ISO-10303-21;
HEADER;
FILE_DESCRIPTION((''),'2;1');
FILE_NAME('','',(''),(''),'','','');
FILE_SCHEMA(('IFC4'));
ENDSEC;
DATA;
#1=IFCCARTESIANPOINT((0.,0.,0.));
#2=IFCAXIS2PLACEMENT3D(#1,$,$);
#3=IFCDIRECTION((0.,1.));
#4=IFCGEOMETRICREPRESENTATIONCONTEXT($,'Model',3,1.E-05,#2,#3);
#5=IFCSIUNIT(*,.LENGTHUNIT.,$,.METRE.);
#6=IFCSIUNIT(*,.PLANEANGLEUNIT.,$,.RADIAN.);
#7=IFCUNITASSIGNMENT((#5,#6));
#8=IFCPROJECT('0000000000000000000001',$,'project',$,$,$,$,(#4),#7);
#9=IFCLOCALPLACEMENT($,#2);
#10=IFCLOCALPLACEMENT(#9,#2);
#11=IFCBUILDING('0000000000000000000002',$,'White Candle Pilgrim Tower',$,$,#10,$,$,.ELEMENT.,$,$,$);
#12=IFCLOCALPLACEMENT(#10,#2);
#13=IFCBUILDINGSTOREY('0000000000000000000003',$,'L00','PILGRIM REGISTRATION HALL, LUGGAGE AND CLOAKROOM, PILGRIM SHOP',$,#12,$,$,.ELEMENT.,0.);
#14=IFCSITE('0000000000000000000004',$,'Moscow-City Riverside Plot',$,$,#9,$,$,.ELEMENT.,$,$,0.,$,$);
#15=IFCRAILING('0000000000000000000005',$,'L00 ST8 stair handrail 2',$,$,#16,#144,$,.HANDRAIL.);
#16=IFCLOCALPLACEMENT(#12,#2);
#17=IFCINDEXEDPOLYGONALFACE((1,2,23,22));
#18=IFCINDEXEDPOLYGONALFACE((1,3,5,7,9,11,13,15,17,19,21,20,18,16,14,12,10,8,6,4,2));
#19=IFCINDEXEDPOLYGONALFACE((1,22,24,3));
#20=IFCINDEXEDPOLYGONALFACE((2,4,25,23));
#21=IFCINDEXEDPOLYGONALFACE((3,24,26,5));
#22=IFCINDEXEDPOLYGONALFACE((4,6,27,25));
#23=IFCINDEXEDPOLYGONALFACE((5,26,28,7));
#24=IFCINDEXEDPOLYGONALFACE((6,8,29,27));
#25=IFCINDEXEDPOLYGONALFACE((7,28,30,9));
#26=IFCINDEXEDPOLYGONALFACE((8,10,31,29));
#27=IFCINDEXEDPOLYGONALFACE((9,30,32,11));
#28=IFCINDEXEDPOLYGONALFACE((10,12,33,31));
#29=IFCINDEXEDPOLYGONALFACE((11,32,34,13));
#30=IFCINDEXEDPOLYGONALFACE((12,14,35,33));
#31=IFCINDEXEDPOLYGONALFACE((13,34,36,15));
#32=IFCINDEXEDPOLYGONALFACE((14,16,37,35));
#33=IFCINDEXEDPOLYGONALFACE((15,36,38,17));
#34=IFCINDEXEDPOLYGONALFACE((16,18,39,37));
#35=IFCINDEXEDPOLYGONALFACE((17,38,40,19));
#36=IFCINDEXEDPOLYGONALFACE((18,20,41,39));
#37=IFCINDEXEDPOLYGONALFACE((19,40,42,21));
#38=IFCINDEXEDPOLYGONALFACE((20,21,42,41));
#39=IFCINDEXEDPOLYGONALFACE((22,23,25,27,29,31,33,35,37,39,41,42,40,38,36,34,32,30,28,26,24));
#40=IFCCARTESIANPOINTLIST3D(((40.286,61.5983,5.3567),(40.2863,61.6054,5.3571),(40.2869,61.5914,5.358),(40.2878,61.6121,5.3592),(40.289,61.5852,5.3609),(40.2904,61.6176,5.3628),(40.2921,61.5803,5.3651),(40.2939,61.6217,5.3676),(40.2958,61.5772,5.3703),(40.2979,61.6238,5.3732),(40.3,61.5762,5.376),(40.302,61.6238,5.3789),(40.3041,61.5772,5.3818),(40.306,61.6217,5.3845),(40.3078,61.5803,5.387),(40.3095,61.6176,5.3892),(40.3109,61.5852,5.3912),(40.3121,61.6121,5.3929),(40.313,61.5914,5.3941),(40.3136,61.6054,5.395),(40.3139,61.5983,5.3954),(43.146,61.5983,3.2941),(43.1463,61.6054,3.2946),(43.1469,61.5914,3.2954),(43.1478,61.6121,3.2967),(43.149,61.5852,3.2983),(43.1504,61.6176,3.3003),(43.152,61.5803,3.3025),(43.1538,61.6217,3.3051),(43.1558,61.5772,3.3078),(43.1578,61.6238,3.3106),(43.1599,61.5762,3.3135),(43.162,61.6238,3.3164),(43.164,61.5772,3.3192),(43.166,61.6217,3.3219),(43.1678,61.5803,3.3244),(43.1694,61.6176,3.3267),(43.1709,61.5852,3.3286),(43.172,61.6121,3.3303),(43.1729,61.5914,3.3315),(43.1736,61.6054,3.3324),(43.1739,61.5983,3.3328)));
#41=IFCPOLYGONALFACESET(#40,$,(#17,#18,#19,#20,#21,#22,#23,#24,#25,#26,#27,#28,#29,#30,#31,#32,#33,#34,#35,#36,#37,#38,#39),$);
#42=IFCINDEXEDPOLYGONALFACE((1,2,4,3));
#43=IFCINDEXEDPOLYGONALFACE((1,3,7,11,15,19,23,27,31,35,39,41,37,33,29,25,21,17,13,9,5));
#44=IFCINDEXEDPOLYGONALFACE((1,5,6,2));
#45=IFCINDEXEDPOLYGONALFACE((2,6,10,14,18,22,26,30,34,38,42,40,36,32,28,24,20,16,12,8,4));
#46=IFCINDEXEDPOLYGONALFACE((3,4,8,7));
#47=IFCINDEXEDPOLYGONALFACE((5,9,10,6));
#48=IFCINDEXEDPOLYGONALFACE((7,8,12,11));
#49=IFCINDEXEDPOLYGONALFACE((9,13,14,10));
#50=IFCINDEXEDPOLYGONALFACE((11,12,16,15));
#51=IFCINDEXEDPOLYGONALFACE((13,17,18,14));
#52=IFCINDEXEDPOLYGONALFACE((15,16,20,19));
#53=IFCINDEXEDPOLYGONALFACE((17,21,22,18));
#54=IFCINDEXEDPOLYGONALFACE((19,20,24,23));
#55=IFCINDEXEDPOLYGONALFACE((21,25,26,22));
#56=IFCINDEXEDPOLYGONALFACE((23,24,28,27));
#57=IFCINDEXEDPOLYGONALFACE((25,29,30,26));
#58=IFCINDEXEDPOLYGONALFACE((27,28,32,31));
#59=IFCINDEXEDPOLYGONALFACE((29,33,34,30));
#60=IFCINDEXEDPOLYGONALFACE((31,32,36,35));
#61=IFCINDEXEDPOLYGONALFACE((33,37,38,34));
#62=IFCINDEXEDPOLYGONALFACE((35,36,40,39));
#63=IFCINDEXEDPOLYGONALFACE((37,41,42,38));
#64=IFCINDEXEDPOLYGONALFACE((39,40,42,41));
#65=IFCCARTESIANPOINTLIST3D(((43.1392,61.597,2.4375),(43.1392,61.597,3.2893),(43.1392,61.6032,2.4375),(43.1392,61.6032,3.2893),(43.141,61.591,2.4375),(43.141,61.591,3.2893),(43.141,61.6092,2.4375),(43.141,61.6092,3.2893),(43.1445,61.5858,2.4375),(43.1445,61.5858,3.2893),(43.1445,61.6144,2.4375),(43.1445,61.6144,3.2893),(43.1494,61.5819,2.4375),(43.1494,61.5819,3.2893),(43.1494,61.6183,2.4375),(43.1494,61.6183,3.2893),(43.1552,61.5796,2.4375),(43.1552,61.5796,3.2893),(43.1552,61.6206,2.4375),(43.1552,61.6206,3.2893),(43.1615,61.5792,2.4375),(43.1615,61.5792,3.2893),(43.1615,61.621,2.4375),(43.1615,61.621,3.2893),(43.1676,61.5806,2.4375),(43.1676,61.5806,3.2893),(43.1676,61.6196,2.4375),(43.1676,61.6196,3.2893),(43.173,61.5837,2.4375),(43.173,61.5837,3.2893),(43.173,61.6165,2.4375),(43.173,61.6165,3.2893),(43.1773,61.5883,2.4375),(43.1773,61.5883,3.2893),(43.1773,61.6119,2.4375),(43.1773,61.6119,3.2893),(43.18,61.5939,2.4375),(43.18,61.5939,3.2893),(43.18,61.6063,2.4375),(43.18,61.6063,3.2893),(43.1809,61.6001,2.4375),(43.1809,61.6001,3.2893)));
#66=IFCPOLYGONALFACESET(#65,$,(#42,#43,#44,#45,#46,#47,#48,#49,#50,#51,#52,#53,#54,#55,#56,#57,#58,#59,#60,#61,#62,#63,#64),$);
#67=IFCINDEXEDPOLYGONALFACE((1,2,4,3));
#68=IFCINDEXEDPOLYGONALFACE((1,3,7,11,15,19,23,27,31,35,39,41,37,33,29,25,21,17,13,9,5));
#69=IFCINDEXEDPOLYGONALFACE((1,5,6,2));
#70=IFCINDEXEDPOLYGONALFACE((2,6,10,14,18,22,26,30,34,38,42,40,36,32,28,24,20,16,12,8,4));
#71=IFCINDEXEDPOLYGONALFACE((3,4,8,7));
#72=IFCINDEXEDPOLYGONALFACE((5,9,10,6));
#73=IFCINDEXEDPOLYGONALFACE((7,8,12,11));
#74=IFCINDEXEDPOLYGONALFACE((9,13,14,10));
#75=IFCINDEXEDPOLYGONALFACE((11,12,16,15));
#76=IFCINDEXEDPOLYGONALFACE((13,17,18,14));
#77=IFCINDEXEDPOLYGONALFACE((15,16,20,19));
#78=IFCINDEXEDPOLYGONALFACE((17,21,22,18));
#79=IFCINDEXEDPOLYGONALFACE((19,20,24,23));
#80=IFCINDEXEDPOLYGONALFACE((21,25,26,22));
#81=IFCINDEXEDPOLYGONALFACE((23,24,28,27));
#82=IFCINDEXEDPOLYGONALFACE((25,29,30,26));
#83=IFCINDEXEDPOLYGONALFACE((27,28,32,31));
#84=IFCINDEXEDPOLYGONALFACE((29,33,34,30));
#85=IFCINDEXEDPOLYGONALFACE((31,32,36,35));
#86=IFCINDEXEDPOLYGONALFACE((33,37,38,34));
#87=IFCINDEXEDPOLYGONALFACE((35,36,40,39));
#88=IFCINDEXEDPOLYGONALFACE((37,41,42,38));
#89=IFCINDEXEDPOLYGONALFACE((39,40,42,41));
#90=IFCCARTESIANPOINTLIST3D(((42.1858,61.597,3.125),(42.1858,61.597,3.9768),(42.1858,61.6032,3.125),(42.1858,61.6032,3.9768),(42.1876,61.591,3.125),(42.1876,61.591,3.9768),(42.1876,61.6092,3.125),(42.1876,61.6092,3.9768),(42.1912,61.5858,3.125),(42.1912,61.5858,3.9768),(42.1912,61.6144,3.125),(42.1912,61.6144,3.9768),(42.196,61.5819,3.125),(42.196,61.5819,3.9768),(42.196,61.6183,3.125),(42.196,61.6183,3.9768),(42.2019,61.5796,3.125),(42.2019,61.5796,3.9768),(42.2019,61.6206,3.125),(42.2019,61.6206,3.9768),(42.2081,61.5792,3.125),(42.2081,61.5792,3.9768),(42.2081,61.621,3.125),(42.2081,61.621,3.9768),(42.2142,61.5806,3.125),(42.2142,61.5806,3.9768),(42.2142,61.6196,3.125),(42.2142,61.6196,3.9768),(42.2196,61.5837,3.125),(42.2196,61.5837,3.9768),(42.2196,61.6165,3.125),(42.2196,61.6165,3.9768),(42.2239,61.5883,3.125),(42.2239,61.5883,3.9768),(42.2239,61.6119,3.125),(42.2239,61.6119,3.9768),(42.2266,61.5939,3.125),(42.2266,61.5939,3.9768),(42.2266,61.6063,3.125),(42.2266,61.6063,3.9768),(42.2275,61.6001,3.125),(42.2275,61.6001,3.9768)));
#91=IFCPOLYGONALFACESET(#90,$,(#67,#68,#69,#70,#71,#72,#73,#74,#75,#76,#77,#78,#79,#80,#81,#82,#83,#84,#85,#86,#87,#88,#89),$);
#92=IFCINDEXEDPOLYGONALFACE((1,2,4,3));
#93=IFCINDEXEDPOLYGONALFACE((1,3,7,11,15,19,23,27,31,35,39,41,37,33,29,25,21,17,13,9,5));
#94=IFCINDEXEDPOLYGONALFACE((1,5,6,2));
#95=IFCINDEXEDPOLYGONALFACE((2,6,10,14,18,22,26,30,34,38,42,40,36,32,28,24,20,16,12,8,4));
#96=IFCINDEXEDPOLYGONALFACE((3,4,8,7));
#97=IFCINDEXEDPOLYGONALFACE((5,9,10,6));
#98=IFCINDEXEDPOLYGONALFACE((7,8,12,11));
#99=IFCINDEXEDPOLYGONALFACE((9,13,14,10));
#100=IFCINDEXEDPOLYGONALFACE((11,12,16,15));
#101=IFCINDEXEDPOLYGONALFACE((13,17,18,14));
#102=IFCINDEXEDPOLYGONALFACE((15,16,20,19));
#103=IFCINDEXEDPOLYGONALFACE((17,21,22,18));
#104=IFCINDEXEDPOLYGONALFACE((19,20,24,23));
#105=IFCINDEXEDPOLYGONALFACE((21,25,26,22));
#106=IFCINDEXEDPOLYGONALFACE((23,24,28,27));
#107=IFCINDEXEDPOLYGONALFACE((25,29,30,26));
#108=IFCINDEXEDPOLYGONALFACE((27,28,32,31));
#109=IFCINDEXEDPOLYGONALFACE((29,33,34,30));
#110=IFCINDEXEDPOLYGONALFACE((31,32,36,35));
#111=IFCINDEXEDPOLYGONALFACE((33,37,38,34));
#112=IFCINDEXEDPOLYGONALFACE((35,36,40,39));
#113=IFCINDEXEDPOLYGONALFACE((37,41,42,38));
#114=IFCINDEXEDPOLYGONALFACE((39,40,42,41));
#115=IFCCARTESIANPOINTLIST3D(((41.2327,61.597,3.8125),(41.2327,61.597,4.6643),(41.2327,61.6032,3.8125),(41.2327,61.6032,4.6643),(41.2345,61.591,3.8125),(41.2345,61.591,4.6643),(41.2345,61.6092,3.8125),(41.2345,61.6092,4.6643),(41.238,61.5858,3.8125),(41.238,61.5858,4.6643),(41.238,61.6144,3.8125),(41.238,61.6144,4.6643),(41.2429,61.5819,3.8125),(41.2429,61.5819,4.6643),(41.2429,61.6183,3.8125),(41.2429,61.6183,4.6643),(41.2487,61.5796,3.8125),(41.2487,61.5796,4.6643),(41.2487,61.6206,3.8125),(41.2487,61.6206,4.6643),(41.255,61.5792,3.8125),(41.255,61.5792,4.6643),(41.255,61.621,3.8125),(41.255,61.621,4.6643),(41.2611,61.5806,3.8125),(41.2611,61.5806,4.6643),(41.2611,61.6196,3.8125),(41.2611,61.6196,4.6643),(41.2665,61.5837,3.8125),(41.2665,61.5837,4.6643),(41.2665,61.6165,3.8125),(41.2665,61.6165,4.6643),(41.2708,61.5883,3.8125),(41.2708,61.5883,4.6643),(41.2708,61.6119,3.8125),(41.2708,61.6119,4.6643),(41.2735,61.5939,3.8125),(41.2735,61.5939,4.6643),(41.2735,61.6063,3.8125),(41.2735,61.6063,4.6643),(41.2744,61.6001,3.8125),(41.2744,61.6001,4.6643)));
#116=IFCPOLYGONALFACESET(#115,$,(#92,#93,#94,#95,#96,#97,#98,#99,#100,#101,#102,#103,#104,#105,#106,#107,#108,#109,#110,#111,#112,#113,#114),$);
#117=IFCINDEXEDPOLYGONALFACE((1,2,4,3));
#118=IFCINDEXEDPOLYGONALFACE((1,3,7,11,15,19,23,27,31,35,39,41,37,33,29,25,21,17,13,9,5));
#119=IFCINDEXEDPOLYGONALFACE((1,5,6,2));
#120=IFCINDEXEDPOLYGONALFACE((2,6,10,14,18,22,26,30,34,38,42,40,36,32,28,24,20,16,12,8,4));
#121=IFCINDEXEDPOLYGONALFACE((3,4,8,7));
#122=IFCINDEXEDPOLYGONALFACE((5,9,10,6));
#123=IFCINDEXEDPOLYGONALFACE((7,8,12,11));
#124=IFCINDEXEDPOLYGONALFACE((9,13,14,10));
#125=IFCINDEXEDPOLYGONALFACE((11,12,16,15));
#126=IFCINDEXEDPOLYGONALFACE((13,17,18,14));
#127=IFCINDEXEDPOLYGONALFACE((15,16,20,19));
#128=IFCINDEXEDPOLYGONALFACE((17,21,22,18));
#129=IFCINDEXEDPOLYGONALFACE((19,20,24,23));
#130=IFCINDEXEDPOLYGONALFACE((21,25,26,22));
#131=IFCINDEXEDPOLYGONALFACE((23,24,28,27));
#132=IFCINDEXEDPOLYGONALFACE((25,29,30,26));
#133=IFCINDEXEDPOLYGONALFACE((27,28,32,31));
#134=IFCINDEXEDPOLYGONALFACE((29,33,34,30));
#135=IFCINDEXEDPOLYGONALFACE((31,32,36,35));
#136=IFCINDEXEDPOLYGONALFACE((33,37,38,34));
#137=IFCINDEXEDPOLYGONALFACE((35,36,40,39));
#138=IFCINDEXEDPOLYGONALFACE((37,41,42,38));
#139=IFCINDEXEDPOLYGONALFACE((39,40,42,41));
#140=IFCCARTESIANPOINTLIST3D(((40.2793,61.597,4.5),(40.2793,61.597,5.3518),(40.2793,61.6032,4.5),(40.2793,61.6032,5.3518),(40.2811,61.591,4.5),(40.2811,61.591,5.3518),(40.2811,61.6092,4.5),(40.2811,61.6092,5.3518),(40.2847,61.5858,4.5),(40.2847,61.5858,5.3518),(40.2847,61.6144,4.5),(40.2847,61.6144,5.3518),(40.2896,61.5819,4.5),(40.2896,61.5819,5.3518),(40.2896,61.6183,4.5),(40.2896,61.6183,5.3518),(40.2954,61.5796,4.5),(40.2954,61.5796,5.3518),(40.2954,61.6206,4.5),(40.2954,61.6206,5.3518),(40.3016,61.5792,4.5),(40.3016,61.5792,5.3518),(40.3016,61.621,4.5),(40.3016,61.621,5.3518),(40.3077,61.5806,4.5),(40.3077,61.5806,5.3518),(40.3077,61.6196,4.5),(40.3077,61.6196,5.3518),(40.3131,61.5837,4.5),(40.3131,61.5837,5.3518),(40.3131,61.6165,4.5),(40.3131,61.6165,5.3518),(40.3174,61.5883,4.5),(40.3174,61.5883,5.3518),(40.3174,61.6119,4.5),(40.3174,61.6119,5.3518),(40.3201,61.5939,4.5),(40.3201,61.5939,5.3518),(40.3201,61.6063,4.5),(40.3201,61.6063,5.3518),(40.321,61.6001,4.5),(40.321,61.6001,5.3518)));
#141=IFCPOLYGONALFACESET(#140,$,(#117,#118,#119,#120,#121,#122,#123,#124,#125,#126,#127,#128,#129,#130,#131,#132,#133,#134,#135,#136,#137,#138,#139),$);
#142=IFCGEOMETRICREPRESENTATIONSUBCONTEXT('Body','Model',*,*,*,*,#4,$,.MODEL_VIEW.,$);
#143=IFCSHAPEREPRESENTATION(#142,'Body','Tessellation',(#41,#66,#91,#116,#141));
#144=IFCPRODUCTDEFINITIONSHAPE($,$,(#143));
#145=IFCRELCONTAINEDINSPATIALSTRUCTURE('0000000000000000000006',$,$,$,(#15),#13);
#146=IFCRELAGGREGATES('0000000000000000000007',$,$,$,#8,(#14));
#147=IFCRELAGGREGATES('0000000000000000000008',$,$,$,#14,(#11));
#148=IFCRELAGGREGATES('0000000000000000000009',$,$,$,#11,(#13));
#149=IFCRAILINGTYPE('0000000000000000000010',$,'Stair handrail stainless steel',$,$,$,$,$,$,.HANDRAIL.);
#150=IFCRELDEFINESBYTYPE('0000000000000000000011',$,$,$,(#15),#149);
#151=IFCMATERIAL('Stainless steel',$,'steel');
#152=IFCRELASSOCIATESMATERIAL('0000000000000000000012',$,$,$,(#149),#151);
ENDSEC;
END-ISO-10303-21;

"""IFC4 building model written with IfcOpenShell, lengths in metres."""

from ifc_helpers import new_model, si_unit, direction, frame, origin, origin_2d, place, context, subcontext, project, spatial, circle, extrude, material, type_object, element, save


model = new_model("IFC4")

# Units and contexts
model_context = context("Model", 3, precision=1e-05, world=origin(), true_north=direction((0.0, 1.0)))
body_context = subcontext(model_context, "Body", "Model", "MODEL_VIEW")
ifc_project = project(units=[si_unit("LENGTHUNIT", "METRE"), si_unit("PLANEANGLEUNIT", "RADIAN")], contexts=[model_context])

# Site, building, storey
site_placement = place(None, origin())
site = spatial("IfcSite", under=ifc_project, at=site_placement, Name="Moscow-City Riverside Plot", CompositionType="ELEMENT", RefElevation=0.0)
building_placement = place(site_placement, origin())
building = spatial("IfcBuilding", under=site, at=building_placement, Name="White Candle Pilgrim Tower", CompositionType="ELEMENT")
storey_placement = place(building_placement, origin())
storey = spatial("IfcBuildingStorey", under=building, at=storey_placement, Name="L00", Description="PILGRIM REGISTRATION HALL, LUGGAGE AND CLOAKROOM, PILGRIM SHOP", CompositionType="ELEMENT", Elevation=0.0)

# Railing
ifc_material_1 = material(Name="Stainless steel", Category="steel")
railing_type_1 = type_object("IfcRailingType", Name="Stair handrail stainless steel", PredefinedType="HANDRAIL", material=ifc_material_1)
railing_1_placement = place(storey_placement, frame((43.1599, 61.6001, 2.4375)))
element("IfcRailing", 1, at=railing_1_placement, inside=storey, type_object=railing_type_1, Name="L00 ST8 stair handrail 2", PredefinedType="HANDRAIL", context=body_context, shape_type="SweptSolid", body=[
    extrude(circle(Radius=0.0239, at=origin_2d()), frame((0.0, 0.0, 0.876), z_axis=(-0.811077, 0.0, 0.584939), x_axis=(0.0, -1.0, 0.0)), (0.0, 0.0, 1.0), 3.5261),
    extrude(circle(Radius=0.021, at=origin_2d()), origin(), (0.0, 0.0, 1.0), 0.8518),
    extrude(circle(Radius=0.021, at=origin_2d()), frame((-0.9534, 0.0, 0.6875)), (0.0, 0.0, 1.0), 0.8518),
    extrude(circle(Radius=0.021, at=origin_2d()), frame((-1.9065, 0.0, 1.375)), (0.0, 0.0, 1.0), 0.8518),
    extrude(circle(Radius=0.021, at=origin_2d()), frame((-2.8599, 0.0, 2.0625)), (0.0, 0.0, 1.0), 0.8518),
])

save(model, "model.ifc")
